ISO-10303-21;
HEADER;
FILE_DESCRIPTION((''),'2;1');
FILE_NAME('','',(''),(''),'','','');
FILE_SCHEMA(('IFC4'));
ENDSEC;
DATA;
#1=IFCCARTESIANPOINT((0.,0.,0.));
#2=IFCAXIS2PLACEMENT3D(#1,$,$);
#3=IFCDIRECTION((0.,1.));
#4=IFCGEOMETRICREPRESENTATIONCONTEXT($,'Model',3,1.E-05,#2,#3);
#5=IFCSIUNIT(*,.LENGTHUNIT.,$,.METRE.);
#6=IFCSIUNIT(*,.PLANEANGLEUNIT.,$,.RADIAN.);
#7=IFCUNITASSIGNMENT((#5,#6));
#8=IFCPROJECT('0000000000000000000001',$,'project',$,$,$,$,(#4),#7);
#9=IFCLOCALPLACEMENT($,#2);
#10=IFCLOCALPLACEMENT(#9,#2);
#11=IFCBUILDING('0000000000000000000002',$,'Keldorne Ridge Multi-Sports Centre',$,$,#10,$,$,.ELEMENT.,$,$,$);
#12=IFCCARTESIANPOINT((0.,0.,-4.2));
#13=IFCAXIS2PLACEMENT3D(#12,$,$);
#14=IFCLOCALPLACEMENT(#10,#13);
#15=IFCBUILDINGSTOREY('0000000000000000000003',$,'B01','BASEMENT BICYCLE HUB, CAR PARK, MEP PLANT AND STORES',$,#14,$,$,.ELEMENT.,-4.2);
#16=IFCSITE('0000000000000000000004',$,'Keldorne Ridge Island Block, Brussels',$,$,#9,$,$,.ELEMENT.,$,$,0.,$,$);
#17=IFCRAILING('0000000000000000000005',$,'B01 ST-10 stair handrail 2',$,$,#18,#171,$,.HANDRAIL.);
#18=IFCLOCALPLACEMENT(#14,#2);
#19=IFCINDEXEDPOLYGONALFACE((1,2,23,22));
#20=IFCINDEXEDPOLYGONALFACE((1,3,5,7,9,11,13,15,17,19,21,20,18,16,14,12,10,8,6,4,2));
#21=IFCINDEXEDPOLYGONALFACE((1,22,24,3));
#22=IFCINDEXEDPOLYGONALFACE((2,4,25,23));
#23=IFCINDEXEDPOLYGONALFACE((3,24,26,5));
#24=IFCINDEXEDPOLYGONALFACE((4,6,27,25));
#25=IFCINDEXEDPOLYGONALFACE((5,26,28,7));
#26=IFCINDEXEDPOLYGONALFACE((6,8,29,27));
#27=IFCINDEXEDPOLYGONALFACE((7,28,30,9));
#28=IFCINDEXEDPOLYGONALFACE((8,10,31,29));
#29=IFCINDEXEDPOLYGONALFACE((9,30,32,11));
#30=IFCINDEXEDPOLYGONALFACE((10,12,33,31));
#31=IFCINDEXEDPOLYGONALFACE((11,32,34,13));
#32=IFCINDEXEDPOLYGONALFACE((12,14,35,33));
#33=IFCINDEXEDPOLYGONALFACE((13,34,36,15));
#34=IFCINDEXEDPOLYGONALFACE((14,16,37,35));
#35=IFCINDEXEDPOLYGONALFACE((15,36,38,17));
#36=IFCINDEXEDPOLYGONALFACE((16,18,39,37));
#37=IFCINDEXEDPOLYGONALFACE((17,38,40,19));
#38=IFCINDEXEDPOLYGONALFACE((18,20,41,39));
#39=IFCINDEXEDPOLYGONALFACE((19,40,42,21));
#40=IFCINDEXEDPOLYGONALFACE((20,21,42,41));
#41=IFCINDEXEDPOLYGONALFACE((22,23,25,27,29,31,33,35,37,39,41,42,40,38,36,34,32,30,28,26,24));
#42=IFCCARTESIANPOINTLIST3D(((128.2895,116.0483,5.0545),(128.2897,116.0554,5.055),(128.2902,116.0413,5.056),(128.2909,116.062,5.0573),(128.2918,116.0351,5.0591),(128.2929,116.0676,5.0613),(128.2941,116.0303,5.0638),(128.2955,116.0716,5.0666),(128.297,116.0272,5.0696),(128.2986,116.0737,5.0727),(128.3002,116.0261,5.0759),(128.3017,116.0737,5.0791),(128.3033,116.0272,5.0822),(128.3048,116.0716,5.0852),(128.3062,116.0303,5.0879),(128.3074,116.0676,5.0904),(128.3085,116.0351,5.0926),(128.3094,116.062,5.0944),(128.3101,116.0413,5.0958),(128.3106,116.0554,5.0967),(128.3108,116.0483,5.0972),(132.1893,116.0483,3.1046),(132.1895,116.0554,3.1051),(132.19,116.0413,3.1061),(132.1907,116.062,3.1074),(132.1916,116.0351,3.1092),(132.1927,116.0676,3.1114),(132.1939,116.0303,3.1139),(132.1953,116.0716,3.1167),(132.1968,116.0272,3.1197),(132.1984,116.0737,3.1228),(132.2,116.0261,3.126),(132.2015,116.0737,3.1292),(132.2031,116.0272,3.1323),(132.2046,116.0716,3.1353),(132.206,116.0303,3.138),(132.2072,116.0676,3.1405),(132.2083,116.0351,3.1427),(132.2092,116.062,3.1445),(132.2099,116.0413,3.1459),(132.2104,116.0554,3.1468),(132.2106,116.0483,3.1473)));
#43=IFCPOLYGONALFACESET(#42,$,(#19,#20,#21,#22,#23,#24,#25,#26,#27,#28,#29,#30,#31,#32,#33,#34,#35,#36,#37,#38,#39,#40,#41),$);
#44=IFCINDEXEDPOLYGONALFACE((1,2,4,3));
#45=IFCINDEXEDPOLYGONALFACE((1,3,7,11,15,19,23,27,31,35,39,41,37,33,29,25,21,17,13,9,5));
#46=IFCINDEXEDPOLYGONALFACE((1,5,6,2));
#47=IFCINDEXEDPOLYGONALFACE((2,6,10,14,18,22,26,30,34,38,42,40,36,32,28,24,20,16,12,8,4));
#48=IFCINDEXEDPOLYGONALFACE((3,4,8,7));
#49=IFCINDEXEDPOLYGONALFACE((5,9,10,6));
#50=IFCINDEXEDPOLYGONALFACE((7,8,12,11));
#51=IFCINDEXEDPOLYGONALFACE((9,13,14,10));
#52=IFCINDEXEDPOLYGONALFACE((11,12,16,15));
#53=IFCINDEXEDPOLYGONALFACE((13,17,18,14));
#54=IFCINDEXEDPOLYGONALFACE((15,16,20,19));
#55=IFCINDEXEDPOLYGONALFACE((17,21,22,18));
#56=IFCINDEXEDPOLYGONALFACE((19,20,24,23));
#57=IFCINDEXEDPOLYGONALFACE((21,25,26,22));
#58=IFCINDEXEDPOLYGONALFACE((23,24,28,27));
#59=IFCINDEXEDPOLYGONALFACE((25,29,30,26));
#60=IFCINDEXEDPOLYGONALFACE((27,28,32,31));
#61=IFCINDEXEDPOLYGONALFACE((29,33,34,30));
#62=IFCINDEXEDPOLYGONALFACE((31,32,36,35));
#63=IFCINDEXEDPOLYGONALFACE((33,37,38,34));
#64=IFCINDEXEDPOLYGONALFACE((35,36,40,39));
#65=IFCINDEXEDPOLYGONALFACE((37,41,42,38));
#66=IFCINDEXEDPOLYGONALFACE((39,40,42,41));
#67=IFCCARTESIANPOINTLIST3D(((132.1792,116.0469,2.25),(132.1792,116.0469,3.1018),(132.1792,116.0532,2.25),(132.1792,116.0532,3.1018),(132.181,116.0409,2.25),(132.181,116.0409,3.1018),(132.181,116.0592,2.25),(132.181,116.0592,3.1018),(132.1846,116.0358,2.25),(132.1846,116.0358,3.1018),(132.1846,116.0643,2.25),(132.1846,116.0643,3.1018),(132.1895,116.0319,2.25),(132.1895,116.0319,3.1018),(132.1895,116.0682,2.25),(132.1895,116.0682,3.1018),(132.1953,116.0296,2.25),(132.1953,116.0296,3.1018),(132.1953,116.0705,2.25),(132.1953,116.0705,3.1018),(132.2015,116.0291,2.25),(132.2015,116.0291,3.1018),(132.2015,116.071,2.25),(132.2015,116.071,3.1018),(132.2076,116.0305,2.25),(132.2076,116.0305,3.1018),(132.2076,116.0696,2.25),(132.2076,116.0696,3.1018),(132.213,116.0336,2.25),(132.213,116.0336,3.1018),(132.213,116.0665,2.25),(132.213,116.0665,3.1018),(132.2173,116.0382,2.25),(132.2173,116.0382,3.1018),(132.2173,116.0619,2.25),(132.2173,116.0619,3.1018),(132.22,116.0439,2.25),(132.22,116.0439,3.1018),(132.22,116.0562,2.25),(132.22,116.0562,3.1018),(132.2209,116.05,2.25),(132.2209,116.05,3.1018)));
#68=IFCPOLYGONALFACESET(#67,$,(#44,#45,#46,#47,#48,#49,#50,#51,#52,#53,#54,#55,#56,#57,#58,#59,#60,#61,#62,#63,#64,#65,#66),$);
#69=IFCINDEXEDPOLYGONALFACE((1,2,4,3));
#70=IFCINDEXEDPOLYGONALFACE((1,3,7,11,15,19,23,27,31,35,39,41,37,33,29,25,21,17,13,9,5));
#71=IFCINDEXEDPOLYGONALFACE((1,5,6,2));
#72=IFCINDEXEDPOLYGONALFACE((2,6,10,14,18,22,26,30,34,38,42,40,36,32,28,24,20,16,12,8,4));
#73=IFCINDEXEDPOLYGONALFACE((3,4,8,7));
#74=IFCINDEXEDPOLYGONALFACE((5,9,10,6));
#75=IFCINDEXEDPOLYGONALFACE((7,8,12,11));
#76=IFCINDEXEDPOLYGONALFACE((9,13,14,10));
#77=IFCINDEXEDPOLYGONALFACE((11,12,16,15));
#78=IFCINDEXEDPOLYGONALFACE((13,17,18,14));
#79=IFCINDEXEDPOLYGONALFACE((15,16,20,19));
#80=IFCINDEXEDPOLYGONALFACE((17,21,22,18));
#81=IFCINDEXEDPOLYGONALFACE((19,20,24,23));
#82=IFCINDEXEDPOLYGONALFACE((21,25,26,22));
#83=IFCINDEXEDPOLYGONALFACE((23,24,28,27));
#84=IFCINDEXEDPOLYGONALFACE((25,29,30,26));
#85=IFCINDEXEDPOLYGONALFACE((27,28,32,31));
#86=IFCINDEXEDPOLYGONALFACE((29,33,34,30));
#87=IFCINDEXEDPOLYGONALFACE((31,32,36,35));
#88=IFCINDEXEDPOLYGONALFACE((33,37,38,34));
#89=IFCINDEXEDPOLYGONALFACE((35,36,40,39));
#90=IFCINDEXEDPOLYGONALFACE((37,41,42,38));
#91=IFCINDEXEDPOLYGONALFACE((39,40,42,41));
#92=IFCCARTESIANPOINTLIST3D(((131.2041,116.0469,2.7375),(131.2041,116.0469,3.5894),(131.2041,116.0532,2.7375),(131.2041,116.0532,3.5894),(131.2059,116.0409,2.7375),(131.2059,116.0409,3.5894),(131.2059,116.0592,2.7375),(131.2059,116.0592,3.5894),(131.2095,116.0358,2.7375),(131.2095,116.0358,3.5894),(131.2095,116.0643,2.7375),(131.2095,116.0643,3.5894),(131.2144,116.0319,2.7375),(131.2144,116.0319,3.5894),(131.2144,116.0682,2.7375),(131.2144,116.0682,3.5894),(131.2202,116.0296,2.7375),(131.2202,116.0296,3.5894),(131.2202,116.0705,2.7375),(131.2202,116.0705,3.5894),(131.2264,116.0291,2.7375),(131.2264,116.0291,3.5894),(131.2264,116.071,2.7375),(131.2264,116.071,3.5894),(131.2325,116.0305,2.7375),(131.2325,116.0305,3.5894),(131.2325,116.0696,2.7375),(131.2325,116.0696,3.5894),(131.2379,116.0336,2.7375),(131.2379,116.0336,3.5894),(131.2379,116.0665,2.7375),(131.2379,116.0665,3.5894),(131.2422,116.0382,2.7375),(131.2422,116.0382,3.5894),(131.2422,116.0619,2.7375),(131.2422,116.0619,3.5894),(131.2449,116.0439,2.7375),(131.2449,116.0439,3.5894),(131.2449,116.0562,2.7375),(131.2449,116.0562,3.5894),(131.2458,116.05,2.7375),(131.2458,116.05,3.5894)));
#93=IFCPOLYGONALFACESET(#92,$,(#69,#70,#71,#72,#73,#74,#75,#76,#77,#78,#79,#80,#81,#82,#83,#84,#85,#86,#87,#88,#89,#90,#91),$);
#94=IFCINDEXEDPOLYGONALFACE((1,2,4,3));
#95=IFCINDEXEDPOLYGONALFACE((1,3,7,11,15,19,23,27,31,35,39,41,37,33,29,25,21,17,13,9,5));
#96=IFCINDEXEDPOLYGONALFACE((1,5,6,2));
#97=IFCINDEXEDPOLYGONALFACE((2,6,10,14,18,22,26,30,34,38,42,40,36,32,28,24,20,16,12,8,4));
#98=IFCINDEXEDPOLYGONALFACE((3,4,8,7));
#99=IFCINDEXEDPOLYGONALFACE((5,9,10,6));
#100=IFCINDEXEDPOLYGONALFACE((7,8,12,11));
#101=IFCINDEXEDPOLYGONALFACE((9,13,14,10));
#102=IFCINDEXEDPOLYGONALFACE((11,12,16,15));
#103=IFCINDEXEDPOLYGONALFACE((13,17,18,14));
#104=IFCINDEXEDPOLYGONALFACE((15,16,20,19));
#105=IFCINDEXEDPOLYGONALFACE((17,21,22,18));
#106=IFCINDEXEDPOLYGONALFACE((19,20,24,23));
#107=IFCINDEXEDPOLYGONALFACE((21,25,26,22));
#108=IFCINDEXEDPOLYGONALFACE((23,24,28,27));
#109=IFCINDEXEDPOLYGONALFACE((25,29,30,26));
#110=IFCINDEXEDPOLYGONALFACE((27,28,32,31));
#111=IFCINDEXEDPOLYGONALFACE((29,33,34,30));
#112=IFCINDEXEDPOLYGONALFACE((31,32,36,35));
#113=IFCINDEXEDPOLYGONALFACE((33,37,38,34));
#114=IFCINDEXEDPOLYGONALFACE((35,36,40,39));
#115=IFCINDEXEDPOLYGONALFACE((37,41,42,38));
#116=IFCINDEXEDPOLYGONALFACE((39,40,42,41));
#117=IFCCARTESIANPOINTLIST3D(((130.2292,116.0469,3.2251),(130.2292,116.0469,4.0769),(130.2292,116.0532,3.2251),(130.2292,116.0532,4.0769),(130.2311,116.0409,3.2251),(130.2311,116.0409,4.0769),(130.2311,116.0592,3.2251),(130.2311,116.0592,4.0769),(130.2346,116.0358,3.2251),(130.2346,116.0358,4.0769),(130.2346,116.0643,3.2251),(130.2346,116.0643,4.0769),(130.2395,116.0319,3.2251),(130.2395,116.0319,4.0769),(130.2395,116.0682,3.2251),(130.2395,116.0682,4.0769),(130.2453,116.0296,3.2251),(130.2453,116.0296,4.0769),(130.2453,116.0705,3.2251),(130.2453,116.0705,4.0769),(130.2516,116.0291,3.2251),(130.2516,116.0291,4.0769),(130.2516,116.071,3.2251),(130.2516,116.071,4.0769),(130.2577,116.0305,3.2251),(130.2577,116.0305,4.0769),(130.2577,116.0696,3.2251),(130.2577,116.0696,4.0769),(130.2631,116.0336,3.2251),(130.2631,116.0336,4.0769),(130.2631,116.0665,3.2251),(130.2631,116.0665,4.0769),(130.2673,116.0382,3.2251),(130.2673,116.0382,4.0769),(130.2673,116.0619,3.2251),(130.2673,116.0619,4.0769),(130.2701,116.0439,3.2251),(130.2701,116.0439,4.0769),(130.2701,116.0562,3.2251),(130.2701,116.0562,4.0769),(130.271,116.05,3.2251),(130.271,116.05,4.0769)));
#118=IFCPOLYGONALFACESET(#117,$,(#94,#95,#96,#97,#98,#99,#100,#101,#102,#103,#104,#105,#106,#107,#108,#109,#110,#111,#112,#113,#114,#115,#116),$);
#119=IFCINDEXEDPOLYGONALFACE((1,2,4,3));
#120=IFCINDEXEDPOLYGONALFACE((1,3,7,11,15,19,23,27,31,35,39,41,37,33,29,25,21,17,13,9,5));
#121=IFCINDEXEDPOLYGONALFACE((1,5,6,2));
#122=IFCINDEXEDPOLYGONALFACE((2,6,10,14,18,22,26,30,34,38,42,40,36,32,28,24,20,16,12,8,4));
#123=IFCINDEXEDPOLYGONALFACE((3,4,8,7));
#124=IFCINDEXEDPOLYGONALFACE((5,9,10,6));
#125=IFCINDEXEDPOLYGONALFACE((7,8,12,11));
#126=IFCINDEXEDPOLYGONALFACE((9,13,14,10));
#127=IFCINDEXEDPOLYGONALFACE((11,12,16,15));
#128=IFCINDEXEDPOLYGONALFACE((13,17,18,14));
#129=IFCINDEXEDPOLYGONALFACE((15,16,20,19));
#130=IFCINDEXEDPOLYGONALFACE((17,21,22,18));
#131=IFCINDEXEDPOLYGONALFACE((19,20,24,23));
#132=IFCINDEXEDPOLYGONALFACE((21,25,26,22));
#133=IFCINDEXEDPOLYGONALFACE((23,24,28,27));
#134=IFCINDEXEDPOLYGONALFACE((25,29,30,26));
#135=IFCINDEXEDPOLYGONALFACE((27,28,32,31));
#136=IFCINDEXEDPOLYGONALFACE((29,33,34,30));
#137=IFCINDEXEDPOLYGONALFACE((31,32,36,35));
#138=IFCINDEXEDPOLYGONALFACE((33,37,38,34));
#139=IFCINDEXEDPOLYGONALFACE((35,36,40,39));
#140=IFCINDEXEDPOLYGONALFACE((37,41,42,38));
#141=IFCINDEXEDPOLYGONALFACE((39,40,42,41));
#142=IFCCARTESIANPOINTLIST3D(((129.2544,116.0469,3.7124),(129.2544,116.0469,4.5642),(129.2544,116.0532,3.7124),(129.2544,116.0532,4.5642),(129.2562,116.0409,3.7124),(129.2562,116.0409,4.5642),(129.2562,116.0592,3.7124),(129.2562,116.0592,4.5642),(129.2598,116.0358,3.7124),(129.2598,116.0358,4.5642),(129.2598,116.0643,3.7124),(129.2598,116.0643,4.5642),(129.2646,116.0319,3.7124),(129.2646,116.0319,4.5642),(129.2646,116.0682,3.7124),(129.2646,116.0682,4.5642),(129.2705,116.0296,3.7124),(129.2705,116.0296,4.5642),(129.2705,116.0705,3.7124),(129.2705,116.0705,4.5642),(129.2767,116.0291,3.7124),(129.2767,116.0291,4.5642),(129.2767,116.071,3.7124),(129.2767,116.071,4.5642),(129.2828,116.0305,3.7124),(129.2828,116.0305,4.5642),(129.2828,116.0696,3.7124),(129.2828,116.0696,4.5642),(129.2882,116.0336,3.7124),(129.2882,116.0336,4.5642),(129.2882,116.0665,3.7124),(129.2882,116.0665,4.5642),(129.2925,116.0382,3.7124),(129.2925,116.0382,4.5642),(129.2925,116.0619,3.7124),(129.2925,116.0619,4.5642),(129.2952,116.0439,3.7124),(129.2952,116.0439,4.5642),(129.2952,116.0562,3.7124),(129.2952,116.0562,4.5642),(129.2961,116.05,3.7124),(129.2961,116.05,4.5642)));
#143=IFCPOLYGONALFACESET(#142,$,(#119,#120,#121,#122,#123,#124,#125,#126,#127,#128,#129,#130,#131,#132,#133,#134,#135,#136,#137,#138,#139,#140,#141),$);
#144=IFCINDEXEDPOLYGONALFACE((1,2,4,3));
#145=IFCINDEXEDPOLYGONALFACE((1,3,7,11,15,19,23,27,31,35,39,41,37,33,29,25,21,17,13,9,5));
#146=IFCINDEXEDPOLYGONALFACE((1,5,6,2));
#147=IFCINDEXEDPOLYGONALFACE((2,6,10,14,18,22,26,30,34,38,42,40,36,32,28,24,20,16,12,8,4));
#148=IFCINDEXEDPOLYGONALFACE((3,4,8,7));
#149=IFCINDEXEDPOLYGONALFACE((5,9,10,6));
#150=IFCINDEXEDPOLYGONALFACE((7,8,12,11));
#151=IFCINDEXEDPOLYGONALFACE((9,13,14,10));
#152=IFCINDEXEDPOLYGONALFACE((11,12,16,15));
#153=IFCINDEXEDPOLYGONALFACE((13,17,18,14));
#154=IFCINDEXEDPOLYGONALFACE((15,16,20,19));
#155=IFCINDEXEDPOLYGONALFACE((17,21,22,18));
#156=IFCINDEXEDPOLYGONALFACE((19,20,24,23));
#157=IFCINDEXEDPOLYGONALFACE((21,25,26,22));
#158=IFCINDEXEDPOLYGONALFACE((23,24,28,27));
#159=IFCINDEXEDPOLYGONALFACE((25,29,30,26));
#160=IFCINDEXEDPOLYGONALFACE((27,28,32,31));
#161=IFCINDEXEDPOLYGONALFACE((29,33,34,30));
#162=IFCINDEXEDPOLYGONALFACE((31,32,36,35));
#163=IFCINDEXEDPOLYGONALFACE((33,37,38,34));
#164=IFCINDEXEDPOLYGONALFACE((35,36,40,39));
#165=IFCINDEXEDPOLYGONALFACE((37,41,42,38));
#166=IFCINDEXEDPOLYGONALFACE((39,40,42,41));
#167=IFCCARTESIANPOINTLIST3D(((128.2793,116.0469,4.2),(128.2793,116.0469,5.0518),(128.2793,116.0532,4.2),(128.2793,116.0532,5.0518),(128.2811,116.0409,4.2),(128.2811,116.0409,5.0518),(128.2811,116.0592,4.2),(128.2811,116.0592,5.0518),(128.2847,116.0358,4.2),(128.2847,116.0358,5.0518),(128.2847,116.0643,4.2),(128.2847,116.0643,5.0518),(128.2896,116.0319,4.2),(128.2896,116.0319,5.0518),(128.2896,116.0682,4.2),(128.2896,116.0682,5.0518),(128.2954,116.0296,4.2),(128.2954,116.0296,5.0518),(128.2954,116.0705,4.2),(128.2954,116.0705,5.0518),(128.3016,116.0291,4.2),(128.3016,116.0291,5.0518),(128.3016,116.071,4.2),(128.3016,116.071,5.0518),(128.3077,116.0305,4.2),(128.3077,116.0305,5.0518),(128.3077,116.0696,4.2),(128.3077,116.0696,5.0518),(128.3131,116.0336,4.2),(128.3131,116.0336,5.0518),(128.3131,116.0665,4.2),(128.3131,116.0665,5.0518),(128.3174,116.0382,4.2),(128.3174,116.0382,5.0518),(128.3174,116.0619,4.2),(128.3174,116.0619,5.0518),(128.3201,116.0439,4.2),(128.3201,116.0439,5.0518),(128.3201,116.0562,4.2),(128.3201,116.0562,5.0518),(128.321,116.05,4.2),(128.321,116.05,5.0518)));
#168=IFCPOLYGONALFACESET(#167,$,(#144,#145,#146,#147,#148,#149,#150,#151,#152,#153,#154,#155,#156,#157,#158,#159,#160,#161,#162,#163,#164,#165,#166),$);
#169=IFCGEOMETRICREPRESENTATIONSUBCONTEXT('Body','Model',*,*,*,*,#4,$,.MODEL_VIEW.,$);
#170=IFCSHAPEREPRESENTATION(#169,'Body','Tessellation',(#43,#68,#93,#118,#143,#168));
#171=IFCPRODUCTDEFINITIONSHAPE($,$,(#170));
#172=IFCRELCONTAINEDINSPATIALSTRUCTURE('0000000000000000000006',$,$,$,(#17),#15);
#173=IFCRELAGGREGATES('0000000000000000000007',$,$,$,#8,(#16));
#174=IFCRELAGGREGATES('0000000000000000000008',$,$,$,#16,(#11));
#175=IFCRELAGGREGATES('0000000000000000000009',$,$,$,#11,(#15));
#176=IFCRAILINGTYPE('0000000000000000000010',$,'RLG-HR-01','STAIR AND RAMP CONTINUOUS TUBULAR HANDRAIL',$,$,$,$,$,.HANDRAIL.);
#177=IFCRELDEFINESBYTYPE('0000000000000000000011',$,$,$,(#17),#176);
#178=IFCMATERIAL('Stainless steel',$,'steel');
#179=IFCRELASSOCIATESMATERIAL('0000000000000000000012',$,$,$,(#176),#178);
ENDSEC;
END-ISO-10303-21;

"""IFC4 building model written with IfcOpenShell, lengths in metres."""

from ifc_helpers import new_model, si_unit, direction, frame, origin, origin_2d, place, context, subcontext, project, spatial, circle, extrude, material, type_object, element, save


model = new_model("IFC4")

# Units and contexts
model_context = context("Model", 3, precision=1e-05, world=origin(), true_north=direction((0.0, 1.0)))
body_context = subcontext(model_context, "Body", "Model", "MODEL_VIEW")
ifc_project = project(units=[si_unit("LENGTHUNIT", "METRE"), si_unit("PLANEANGLEUNIT", "RADIAN")], contexts=[model_context])

# Site, building, storey
site_placement = place(None, origin())
site = spatial("IfcSite", under=ifc_project, at=site_placement, Name="Keldorne Ridge Island Block, Brussels", CompositionType="ELEMENT", RefElevation=0.0)
building_placement = place(site_placement, origin())
building = spatial("IfcBuilding", under=site, at=building_placement, Name="Keldorne Ridge Multi-Sports Centre", CompositionType="ELEMENT")
storey_placement = place(building_placement, frame((0.0, 0.0, -4.2)))
storey = spatial("IfcBuildingStorey", under=building, at=storey_placement, Name="B01", Description="BASEMENT BICYCLE HUB, CAR PARK, MEP PLANT AND STORES", CompositionType="ELEMENT", Elevation=-4.2)

# Railing
ifc_material_1 = material(Name="Stainless steel", Category="steel")
railing_type_1 = type_object("IfcRailingType", Name="RLG-HR-01", Description="STAIR AND RAMP CONTINUOUS TUBULAR HANDRAIL", PredefinedType="HANDRAIL", material=ifc_material_1)
railing_1_placement = place(storey_placement, frame((132.2, 116.05, 2.25)))
element("IfcRailing", 1, at=railing_1_placement, inside=storey, type_object=railing_type_1, Name="B01 ST-10 stair handrail 2", PredefinedType="HANDRAIL", context=body_context, shape_type="SweptSolid", body=[
    extrude(circle(Radius=0.0239, at=origin_2d()), frame((0.0, 0.0, 0.876), z_axis=(-0.894427, 0.0, 0.447214), x_axis=(0.0, -1.0, 0.0)), (0.0, 0.0, 1.0), 4.3601),
    extrude(circle(Radius=0.021, at=origin_2d()), origin(), (0.0, 0.0, 1.0), 0.8518),
    extrude(circle(Radius=0.021, at=origin_2d()), frame((-0.9751, 0.0, 0.4875)), (0.0, 0.0, 1.0), 0.8518),
    extrude(circle(Radius=0.021, at=origin_2d()), frame((-1.95, 0.0, 0.9751)), (0.0, 0.0, 1.0), 0.8518),
    extrude(circle(Radius=0.021, at=origin_2d()), frame((-2.9248, 0.0, 1.4624)), (0.0, 0.0, 1.0), 0.8518),
    extrude(circle(Radius=0.021, at=origin_2d()), frame((-3.8999, 0.0, 1.95)), (0.0, 0.0, 1.0), 0.8518),
])

save(model, "model.ifc")
